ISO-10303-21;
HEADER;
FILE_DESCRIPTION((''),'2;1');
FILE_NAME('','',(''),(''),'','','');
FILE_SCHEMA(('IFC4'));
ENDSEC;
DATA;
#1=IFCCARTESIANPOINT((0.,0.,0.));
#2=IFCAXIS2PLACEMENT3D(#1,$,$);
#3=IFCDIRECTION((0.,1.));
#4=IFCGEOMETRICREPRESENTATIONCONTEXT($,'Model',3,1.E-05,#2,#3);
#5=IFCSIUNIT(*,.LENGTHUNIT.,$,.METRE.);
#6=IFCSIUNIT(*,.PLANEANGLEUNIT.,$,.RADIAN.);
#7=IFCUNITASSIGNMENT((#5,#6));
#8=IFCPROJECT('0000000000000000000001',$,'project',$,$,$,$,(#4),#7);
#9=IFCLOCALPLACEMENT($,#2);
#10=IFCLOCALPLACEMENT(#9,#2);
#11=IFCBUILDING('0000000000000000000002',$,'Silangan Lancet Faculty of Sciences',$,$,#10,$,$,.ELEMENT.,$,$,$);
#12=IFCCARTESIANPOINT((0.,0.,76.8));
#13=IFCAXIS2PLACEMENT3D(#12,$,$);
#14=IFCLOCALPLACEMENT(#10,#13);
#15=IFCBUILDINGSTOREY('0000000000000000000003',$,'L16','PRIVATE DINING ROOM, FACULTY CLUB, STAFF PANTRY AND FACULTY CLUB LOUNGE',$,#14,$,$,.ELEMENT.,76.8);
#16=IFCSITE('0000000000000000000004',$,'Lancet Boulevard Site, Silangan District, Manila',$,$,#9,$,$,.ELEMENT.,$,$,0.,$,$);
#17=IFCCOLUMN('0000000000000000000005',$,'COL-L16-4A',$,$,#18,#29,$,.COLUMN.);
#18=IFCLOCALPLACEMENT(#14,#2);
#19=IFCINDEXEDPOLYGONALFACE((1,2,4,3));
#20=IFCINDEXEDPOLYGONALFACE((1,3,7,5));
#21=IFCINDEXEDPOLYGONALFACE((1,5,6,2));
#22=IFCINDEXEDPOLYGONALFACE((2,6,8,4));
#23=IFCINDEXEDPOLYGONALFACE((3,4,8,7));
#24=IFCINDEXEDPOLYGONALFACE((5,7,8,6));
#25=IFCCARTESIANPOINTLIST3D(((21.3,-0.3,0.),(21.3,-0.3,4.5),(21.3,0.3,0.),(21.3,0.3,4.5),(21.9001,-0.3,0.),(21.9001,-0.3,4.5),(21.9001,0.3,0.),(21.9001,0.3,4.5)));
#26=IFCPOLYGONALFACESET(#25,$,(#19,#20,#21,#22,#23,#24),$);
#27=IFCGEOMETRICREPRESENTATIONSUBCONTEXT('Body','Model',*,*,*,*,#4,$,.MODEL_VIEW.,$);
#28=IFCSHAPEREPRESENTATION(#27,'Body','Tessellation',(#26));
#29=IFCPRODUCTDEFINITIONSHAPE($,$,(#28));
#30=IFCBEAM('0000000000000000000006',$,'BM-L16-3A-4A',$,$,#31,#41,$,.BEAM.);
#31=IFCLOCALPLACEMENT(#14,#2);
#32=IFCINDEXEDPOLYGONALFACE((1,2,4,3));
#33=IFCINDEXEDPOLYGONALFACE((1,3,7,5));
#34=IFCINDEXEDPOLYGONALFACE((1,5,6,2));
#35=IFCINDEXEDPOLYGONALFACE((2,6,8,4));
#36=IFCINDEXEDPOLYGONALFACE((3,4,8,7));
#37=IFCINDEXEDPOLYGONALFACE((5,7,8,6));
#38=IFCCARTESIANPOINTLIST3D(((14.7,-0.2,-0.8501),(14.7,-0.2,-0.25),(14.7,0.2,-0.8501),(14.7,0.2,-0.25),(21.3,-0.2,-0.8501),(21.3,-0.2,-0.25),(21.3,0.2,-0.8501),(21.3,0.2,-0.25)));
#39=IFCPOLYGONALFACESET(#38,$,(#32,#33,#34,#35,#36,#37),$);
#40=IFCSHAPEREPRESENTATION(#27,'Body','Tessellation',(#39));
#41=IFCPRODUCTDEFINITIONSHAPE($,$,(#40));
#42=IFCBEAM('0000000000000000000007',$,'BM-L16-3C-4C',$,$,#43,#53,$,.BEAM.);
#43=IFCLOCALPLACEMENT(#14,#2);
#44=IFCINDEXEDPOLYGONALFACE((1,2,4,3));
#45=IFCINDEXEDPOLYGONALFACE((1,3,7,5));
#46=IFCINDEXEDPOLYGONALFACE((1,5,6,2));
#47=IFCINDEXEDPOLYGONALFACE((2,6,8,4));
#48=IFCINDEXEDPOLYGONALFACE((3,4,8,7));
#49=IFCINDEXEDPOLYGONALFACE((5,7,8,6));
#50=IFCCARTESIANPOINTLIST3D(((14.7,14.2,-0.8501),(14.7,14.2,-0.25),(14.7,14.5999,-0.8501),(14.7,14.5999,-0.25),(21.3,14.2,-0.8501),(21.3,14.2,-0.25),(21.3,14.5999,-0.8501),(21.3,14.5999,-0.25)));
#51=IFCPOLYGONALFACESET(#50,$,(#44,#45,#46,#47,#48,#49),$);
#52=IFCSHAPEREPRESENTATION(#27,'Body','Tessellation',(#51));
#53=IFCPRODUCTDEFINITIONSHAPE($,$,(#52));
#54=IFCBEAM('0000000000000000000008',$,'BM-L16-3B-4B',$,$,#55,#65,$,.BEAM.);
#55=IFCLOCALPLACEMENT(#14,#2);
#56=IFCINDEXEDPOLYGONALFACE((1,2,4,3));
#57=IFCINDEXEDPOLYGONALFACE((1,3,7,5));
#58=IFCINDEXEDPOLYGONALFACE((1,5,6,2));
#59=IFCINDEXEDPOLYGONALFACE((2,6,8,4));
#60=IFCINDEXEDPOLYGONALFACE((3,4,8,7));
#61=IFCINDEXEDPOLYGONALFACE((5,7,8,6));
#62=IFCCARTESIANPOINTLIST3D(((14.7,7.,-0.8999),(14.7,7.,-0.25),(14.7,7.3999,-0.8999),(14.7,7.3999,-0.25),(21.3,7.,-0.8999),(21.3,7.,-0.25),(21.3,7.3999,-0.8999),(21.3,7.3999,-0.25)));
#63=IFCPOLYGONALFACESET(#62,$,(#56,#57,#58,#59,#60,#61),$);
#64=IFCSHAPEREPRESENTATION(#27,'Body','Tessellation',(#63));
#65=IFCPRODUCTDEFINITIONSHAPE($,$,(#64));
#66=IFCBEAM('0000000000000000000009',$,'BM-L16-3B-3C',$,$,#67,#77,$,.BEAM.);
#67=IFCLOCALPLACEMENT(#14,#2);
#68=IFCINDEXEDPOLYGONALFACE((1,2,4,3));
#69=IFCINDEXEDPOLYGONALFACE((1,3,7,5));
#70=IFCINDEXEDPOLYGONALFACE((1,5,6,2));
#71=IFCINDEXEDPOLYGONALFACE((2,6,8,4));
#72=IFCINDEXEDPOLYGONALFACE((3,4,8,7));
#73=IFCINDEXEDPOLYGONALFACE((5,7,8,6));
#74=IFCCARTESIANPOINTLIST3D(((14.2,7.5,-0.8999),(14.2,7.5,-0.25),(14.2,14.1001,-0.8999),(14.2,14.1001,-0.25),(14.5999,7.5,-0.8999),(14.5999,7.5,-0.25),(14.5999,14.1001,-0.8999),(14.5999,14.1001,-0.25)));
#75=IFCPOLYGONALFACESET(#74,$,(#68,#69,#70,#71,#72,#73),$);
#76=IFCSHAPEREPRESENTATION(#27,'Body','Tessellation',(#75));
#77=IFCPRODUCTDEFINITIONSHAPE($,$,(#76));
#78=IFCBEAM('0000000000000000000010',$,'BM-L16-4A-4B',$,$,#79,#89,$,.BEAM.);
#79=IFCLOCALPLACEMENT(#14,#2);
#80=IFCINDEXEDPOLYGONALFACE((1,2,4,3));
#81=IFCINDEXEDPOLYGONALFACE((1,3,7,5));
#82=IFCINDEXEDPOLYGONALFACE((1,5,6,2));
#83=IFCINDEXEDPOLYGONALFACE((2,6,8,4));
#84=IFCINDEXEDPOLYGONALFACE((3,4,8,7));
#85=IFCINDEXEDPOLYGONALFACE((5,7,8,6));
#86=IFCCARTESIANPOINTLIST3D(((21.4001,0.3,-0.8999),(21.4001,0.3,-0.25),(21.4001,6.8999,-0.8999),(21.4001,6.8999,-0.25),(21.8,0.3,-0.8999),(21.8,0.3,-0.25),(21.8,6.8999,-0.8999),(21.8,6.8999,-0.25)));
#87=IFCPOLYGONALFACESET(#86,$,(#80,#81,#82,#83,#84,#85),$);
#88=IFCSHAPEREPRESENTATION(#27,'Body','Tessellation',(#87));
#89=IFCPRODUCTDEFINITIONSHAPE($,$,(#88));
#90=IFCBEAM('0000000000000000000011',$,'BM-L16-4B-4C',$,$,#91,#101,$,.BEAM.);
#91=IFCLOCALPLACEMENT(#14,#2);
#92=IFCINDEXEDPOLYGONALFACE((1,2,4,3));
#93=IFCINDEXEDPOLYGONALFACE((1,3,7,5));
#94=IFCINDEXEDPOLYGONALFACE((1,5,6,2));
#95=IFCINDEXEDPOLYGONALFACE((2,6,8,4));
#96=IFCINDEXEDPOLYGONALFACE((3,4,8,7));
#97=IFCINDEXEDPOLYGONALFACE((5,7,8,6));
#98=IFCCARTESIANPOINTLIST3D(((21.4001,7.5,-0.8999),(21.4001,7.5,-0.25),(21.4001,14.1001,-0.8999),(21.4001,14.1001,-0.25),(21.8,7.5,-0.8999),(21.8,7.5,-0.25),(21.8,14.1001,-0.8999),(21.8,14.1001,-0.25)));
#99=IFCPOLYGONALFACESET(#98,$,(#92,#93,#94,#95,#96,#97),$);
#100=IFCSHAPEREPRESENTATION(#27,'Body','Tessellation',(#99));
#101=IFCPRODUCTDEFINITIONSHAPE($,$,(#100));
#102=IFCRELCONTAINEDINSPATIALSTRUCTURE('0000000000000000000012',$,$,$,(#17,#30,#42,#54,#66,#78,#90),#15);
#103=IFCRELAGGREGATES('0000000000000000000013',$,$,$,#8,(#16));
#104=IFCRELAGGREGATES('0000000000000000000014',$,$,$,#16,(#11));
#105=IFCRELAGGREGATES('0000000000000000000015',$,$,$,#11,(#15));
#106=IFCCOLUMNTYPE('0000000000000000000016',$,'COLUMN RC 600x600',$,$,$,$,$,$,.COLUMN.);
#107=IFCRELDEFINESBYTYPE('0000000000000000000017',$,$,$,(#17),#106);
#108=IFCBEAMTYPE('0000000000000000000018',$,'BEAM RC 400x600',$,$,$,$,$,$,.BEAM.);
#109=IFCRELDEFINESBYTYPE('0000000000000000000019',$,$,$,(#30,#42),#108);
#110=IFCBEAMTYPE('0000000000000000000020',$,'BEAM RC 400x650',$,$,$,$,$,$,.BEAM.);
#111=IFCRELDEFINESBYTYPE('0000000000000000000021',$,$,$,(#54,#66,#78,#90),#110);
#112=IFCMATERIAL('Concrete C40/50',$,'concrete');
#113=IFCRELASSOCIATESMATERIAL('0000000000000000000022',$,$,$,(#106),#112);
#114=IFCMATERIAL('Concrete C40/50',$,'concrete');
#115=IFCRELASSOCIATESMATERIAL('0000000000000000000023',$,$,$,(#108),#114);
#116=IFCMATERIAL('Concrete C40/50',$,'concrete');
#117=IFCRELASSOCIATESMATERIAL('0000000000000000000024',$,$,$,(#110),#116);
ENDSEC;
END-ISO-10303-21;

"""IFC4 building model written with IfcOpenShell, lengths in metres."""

from ifc_helpers import new_model, si_unit, direction, frame, origin, origin_2d, place, context, subcontext, project, spatial, rectangle, extrude, material, material_profile, profile_set, type_object, element, save


model = new_model("IFC4")

# Units and contexts
model_context = context("Model", 3, precision=1e-05, world=origin(), true_north=direction((0.0, 1.0)))
body_context = subcontext(model_context, "Body", "Model", "MODEL_VIEW")
ifc_project = project(units=[si_unit("LENGTHUNIT", "METRE"), si_unit("PLANEANGLEUNIT", "RADIAN")], contexts=[model_context])

# Site, building, storey
site_placement = place(None, origin())
site = spatial("IfcSite", under=ifc_project, at=site_placement, Name="Lancet Boulevard Site, Silangan District, Manila", CompositionType="ELEMENT", RefElevation=0.0)
building_placement = place(site_placement, origin())
building = spatial("IfcBuilding", under=site, at=building_placement, Name="Silangan Lancet Faculty of Sciences", CompositionType="ELEMENT")
storey_placement = place(building_placement, frame((0.0, 0.0, 76.8)))
storey = spatial("IfcBuildingStorey", under=building, at=storey_placement, Name="L16", Description="PRIVATE DINING ROOM, FACULTY CLUB, STAFF PANTRY AND FACULTY CLUB LOUNGE", CompositionType="ELEMENT", Elevation=76.8)

# Column
ifc_material_1 = material(Name="Concrete C40/50", Category="concrete")
ifc_material_profile_1 = material_profile(ifc_material_1, rectangle(XDim=0.6001, YDim=0.6001, at=origin_2d()), Name="RC 600x600")
ifc_profile_set_1 = profile_set([ifc_material_profile_1], Name="Concrete C40/50")
column_type = type_object("IfcColumnType", Name="COLUMN RC 600x600", PredefinedType="COLUMN", material=ifc_profile_set_1)
column_placement = place(storey_placement, frame((21.6001, 0.0, 0.0), z_axis=(0.0, 0.0, 1.0), x_axis=(1.0, 0.0, 0.0)))
element("IfcColumn", 1, at=column_placement, inside=storey, type_object=column_type, Name="COL-L16-4A", PredefinedType="COLUMN", context=body_context, shape_type="SweptSolid", body=[
    extrude(rectangle(XDim=0.6001, YDim=0.6001, at=origin_2d()), origin(), (0.0, 0.0, 1.0), 4.5),
])

# Beams
ifc_material_2 = material(Name="Concrete C40/50", Category="concrete")
ifc_material_profile_2 = material_profile(ifc_material_2, rectangle(XDim=0.3999, YDim=0.6001, at=origin_2d()), Name="RC 400x600")
ifc_profile_set_2 = profile_set([ifc_material_profile_2], Name="Concrete C40/50")
beam_type_1 = type_object("IfcBeamType", Name="BEAM RC 400x600", PredefinedType="BEAM", material=ifc_profile_set_2)
for number, where, z_axis, x_axis, name in (
    (2, (14.7, 0.0, -0.55), (1.0, 0.0, 0.0), (0.0, 1.0, 0.0), "BM-L16-3A-4A"),
    (3, (14.7, 14.3999, -0.55), (1.0, 0.0, 0.0), (0.0, 1.0, 0.0), "BM-L16-3C-4C"),
):
    element("IfcBeam", number, at=place(storey_placement, frame(where, z_axis=z_axis, x_axis=x_axis)), inside=storey, type_object=beam_type_1, Name=name, PredefinedType="BEAM", context=body_context, shape_type="SweptSolid", body=[
        extrude(rectangle(XDim=0.3999, YDim=0.6001, at=origin_2d()), origin(), (0.0, 0.0, 1.0), 6.6001),
    ])
ifc_material_3 = material(Name="Concrete C40/50", Category="concrete")
ifc_material_profile_3 = material_profile(ifc_material_3, rectangle(XDim=0.3999, YDim=0.6499, at=origin_2d()), Name="RC 400x650")
ifc_profile_set_3 = profile_set([ifc_material_profile_3], Name="Concrete C40/50")
beam_type_2 = type_object("IfcBeamType", Name="BEAM RC 400x650", PredefinedType="BEAM", material=ifc_profile_set_3)
for number, where, z_axis, x_axis, name in (
    (4, (14.7, 7.2, -0.575), (1.0, 0.0, 0.0), (0.0, 1.0, 0.0), "BM-L16-3B-4B"),
    (5, (14.3999, 7.5, -0.575), (0.0, 1.0, 0.0), (-1.0, 0.0, 0.0), "BM-L16-3B-3C"),
):
    element("IfcBeam", number, at=place(storey_placement, frame(where, z_axis=z_axis, x_axis=x_axis)), inside=storey, type_object=beam_type_2, Name=name, PredefinedType="BEAM", context=body_context, shape_type="SweptSolid", body=[
        extrude(rectangle(XDim=0.3999, YDim=0.6499, at=origin_2d()), origin(), (0.0, 0.0, 1.0), 6.6001),
    ])
beam_1_placement = place(storey_placement, frame((21.6001, 0.3, -0.575), z_axis=(0.0, 1.0, 0.0), x_axis=(-1.0, 0.0, 0.0)))
element("IfcBeam", 6, at=beam_1_placement, inside=storey, type_object=beam_type_2, Name="BM-L16-4A-4B", PredefinedType="BEAM", context=body_context, shape_type="SweptSolid", body=[
    extrude(rectangle(XDim=0.3999, YDim=0.6499, at=origin_2d()), origin(), (0.0, 0.0, 1.0), 6.5999),
])
beam_2_placement = place(storey_placement, frame((21.6001, 7.5, -0.575), z_axis=(0.0, 1.0, 0.0), x_axis=(-1.0, 0.0, 0.0)))
element("IfcBeam", 7, at=beam_2_placement, inside=storey, type_object=beam_type_2, Name="BM-L16-4B-4C", PredefinedType="BEAM", context=body_context, shape_type="SweptSolid", body=[
    extrude(rectangle(XDim=0.3999, YDim=0.6499, at=origin_2d()), origin(), (0.0, 0.0, 1.0), 6.6001),
])

save(model, "model.ifc")
